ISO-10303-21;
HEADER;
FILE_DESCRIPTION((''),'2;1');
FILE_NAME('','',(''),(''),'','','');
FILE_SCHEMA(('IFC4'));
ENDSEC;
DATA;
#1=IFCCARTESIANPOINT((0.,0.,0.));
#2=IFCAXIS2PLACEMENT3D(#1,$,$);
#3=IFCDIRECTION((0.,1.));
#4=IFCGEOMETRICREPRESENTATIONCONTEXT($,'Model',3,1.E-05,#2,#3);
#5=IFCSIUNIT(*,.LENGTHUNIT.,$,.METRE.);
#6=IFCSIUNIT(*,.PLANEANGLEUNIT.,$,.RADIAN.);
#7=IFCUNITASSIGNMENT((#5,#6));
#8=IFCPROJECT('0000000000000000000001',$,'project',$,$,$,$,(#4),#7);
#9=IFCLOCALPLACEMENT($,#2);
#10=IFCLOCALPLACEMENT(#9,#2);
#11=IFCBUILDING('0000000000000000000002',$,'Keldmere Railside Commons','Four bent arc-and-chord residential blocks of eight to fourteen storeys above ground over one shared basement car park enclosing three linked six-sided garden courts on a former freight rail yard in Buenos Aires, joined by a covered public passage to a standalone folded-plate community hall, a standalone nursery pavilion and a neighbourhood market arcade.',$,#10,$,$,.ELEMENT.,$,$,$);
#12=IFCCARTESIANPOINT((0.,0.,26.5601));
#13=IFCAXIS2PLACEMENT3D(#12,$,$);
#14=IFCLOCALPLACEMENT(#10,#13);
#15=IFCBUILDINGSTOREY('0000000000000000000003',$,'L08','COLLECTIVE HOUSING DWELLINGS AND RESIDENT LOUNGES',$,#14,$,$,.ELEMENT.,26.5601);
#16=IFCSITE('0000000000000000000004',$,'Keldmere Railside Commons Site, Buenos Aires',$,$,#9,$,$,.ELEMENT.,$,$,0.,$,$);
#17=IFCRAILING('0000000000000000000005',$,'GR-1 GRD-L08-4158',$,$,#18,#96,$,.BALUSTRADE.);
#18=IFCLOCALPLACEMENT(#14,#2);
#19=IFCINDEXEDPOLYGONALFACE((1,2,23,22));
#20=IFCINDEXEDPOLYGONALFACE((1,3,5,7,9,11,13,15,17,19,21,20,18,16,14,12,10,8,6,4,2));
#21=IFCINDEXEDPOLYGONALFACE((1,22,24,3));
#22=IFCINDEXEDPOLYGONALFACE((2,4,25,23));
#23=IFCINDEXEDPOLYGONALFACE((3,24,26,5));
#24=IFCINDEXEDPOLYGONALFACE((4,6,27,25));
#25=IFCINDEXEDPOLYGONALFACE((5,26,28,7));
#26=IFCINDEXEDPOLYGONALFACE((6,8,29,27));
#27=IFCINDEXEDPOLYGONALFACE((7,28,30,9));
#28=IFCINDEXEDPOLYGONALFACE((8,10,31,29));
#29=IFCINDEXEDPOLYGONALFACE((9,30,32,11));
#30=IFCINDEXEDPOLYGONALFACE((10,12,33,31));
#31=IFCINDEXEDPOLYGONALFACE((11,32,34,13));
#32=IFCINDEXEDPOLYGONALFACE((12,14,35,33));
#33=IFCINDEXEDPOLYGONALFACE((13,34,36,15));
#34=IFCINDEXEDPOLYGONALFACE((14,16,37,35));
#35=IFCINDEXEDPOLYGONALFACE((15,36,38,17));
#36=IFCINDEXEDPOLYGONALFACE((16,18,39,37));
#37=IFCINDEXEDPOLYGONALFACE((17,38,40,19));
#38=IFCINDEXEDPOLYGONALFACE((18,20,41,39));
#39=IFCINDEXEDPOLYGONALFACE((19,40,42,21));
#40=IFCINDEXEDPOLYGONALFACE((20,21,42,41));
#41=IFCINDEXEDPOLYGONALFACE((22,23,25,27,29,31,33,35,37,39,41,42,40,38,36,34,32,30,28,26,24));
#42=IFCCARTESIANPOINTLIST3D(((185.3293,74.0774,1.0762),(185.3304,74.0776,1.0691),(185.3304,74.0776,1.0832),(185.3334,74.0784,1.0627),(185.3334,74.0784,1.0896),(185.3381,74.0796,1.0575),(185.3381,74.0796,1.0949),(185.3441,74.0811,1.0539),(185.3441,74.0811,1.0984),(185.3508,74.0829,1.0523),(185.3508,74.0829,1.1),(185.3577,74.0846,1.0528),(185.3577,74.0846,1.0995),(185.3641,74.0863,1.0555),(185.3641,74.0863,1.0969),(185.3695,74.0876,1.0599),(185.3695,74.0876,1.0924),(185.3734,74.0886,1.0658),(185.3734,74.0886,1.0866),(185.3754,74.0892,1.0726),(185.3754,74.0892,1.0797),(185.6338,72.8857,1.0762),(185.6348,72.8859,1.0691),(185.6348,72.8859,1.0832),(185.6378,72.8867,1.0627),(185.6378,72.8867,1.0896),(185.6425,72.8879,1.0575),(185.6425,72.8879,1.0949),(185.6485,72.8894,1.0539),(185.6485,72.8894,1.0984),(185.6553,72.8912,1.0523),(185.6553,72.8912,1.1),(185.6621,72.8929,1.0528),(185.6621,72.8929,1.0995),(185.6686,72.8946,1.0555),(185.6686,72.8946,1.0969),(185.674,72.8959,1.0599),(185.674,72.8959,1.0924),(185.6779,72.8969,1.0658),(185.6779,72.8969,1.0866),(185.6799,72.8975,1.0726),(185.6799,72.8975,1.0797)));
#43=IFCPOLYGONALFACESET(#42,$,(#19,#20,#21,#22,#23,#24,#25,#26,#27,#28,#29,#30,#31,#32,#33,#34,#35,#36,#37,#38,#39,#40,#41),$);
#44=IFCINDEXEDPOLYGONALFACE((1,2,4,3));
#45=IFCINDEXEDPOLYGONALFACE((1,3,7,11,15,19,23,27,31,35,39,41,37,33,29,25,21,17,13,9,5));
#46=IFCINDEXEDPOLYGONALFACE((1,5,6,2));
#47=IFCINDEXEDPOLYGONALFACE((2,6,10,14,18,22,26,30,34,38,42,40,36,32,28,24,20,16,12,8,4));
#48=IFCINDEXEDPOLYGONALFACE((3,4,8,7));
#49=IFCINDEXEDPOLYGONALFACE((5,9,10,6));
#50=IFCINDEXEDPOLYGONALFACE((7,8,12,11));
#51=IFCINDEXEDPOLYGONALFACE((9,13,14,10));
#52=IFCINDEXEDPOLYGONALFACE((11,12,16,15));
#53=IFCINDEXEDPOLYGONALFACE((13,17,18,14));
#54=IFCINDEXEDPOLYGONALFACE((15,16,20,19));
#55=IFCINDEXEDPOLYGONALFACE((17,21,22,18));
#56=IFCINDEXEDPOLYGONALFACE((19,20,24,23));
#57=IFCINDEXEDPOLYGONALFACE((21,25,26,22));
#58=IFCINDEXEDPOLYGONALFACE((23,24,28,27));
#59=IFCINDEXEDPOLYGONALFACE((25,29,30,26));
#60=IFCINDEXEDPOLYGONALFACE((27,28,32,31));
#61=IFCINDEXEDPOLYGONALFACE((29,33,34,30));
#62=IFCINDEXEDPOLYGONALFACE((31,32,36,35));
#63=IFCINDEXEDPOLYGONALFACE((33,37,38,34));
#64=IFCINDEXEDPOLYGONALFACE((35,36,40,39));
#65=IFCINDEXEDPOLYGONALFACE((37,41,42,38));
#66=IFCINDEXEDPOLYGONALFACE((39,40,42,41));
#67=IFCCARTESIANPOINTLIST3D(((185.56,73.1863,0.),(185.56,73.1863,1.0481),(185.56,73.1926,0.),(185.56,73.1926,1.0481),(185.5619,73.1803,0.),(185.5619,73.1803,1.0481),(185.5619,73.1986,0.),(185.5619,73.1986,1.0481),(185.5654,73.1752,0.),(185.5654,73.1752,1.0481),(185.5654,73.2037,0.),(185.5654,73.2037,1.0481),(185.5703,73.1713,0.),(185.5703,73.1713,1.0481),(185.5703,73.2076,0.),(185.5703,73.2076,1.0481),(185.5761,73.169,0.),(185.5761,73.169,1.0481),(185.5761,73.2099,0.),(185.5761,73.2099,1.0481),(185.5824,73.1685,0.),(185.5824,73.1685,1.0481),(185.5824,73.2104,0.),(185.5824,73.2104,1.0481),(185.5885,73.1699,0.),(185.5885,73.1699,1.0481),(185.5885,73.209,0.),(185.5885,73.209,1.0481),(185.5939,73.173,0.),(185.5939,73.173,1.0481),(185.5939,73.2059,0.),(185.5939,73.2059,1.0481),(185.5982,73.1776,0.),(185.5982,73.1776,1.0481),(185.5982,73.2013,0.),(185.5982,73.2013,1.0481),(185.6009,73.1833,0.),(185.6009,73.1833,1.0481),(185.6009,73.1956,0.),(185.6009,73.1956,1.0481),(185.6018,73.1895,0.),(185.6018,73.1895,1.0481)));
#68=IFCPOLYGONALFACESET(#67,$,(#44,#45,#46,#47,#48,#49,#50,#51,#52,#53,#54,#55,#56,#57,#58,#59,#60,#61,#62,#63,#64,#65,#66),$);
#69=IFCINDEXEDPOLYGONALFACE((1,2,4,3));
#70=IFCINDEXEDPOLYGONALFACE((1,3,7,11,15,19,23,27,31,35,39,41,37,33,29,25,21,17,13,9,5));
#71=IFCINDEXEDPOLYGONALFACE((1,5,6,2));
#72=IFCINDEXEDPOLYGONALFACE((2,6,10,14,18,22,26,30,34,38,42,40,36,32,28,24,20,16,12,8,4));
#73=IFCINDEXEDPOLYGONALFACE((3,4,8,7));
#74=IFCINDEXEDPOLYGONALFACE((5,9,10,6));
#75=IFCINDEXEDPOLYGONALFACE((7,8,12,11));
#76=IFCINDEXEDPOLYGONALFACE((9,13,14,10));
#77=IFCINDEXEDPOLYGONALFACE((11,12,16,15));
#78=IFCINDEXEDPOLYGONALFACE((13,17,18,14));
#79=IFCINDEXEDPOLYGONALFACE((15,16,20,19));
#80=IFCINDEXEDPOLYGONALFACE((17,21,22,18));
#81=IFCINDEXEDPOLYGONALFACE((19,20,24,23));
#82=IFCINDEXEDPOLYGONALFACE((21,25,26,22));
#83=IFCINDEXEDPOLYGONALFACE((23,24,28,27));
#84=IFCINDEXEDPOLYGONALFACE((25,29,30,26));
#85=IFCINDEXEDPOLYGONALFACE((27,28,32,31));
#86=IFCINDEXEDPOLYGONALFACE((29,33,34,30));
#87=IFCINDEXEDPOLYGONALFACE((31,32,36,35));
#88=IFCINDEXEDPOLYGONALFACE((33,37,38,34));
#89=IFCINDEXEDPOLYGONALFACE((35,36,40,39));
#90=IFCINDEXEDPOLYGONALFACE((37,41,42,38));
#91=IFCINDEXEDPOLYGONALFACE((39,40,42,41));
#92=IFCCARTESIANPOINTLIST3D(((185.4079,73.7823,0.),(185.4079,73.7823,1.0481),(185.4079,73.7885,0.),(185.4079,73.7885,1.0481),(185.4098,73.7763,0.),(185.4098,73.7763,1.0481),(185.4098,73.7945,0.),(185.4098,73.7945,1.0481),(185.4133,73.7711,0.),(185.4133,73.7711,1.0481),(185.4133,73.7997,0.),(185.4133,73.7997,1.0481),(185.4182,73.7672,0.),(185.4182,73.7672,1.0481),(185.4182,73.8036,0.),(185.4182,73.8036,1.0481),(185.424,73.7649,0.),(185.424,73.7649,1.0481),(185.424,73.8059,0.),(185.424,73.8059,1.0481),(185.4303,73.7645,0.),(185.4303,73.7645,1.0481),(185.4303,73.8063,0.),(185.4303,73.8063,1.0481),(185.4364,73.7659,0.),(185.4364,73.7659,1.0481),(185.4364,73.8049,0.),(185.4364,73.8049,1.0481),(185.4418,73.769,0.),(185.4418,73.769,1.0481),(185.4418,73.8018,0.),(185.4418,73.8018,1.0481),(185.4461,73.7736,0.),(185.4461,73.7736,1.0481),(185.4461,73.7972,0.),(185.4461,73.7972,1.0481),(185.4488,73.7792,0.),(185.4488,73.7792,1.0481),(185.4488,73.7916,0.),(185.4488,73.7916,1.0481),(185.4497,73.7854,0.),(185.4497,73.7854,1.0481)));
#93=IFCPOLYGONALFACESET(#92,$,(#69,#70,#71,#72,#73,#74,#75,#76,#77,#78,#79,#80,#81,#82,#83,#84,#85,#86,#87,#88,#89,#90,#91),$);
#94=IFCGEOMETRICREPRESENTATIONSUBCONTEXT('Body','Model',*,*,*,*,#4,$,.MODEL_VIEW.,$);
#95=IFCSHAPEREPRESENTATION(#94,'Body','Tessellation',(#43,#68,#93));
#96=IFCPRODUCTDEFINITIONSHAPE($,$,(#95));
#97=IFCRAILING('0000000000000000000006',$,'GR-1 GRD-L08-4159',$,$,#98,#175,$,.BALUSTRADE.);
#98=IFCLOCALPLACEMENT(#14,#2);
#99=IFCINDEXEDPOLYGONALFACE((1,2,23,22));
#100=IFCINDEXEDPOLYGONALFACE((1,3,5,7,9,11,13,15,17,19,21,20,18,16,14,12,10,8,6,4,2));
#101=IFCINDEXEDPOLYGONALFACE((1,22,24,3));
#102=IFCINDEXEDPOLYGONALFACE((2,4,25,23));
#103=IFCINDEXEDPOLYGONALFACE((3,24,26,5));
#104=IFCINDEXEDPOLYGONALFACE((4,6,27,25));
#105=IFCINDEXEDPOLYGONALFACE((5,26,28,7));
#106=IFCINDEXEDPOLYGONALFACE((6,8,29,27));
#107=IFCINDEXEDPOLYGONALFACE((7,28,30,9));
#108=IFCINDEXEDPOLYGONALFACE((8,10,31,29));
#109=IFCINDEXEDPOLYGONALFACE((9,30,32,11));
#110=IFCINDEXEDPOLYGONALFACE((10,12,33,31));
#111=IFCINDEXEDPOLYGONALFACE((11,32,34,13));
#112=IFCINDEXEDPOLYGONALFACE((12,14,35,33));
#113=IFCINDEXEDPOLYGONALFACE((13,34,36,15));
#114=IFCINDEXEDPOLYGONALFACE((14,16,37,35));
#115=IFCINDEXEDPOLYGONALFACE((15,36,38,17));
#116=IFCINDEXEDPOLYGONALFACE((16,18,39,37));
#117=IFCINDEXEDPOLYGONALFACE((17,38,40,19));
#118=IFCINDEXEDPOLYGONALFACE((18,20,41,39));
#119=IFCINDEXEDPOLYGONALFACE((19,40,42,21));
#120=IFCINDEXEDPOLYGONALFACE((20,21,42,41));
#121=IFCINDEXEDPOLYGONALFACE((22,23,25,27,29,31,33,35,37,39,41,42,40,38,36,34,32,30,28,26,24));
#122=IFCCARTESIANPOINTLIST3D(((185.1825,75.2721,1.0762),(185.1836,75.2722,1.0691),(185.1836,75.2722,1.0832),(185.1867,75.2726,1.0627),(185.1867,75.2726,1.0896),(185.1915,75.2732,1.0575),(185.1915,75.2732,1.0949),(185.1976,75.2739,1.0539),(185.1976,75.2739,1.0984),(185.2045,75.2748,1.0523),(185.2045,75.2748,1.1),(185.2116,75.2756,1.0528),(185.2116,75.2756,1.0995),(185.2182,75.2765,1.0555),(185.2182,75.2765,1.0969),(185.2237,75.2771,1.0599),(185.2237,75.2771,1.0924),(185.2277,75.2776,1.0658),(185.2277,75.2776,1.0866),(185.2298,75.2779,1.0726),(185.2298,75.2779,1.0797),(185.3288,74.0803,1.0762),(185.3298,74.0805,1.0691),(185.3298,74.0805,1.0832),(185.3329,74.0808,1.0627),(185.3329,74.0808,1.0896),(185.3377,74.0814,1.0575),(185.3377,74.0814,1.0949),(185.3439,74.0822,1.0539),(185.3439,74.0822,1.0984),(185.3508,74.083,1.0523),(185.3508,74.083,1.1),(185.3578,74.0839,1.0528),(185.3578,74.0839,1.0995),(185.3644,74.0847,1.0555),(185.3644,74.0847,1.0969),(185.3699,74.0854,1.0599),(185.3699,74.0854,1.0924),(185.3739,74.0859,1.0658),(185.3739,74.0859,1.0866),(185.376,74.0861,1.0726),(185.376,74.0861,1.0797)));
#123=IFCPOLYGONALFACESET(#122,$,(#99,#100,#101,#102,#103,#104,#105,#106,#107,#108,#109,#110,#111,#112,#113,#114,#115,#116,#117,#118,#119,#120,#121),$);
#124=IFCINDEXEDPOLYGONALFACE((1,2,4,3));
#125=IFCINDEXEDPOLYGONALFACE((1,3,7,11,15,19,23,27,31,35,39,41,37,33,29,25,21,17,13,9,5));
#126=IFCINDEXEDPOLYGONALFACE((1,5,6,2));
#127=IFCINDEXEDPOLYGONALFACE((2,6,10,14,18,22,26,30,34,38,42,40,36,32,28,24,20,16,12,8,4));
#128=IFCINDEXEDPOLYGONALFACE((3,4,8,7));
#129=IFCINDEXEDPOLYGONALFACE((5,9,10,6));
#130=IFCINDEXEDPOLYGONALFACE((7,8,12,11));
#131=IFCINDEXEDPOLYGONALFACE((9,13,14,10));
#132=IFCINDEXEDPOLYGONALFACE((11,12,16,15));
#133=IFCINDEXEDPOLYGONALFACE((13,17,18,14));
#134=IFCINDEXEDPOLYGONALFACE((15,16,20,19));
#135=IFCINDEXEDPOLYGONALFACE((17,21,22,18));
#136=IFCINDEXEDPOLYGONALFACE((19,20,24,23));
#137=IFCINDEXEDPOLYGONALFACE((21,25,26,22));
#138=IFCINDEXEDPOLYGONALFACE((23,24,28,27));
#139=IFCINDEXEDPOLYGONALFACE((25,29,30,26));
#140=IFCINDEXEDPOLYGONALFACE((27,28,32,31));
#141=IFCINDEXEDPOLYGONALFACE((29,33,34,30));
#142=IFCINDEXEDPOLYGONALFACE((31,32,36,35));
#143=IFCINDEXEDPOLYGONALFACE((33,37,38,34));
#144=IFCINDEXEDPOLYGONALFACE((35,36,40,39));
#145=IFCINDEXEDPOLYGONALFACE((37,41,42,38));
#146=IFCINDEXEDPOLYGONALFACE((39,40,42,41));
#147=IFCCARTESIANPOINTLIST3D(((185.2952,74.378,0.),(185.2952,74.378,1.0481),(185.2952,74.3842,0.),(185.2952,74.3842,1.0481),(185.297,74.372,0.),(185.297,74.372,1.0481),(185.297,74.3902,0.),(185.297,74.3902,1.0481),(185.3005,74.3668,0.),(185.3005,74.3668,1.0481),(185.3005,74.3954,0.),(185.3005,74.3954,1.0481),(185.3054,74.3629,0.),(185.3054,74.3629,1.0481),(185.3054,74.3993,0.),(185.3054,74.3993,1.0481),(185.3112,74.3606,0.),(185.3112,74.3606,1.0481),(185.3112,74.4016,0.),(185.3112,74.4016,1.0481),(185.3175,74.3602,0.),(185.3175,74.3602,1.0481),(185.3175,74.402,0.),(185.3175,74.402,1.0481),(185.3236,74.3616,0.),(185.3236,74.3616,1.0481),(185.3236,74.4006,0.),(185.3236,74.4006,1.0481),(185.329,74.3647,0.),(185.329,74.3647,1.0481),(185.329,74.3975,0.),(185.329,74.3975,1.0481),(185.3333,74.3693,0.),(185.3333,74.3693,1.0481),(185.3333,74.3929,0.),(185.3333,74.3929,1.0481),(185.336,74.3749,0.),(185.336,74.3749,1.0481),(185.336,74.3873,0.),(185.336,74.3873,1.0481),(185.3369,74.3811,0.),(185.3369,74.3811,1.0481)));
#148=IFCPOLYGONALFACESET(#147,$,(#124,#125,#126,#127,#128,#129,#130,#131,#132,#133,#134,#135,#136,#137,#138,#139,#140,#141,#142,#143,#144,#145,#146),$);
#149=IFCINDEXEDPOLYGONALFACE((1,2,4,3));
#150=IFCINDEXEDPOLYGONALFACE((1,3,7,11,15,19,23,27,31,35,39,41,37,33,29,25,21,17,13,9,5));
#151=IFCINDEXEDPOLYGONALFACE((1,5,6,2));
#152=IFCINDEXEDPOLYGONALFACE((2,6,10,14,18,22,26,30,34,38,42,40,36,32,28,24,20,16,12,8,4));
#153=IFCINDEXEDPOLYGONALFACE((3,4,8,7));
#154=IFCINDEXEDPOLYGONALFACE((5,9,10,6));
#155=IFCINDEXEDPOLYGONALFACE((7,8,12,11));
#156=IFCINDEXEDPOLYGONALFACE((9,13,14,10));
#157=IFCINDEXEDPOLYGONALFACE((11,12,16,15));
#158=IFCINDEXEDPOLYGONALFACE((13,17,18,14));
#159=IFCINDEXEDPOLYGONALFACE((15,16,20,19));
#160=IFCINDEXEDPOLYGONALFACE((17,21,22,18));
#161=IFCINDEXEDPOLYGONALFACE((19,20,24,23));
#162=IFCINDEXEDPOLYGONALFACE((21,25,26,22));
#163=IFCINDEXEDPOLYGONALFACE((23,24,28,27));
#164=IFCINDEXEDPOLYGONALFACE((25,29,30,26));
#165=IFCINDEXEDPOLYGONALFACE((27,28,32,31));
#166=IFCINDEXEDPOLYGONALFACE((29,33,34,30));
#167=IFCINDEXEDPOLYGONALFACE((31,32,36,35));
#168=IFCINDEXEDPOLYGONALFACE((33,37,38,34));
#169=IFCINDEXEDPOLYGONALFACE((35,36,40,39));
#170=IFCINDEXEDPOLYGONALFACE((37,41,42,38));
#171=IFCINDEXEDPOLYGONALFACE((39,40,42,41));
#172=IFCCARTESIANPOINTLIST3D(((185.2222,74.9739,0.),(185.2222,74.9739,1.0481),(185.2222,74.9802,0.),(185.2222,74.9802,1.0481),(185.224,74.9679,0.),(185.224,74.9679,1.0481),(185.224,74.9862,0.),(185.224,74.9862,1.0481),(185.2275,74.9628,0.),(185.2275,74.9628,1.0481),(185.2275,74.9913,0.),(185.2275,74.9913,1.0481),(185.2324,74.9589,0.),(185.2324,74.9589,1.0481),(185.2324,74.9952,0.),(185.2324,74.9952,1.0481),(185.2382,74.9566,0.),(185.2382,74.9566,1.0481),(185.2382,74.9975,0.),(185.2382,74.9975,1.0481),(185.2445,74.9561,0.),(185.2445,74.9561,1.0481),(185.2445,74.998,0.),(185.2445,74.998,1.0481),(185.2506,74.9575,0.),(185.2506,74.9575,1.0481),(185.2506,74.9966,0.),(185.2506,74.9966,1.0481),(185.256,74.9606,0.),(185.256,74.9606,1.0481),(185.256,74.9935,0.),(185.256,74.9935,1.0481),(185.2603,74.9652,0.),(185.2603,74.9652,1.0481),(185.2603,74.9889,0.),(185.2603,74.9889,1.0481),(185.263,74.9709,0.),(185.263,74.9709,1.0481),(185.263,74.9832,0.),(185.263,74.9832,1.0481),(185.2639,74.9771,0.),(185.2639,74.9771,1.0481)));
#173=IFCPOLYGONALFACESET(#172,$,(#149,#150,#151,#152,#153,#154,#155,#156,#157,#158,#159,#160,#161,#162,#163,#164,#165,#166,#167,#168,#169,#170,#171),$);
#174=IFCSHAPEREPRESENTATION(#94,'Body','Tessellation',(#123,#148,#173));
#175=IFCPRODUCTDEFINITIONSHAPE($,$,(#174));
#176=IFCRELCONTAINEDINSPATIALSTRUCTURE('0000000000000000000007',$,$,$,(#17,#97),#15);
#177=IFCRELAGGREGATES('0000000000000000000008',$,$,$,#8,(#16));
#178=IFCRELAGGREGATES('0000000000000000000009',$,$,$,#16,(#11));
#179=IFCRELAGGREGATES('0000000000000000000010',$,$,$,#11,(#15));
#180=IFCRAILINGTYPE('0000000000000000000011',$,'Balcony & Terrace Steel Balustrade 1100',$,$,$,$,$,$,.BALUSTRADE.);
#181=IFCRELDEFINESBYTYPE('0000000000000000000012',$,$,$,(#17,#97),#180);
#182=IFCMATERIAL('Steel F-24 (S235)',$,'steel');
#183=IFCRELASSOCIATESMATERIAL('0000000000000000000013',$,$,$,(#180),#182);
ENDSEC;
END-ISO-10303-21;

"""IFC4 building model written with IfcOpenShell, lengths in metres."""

from ifc_helpers import new_model, si_unit, direction, frame, origin, origin_2d, place, context, subcontext, project, spatial, circle, extrude, material, type_object, element, save


model = new_model("IFC4")

# Units and contexts
model_context = context("Model", 3, precision=1e-05, world=origin(), true_north=direction((0.0, 1.0)))
body_context = subcontext(model_context, "Body", "Model", "MODEL_VIEW")
ifc_project = project(units=[si_unit("LENGTHUNIT", "METRE"), si_unit("PLANEANGLEUNIT", "RADIAN")], contexts=[model_context])

# Site, building, storey
site_placement = place(None, origin())
site = spatial("IfcSite", under=ifc_project, at=site_placement, Name="Keldmere Railside Commons Site, Buenos Aires", CompositionType="ELEMENT", RefElevation=0.0)
building_placement = place(site_placement, origin())
building = spatial("IfcBuilding", under=site, at=building_placement, Name="Keldmere Railside Commons", Description="Four bent arc-and-chord residential blocks of eight to fourteen storeys above ground over one shared basement car park enclosing three linked six-sided garden courts on a former freight rail yard in Buenos Aires, joined by a covered public passage to a standalone folded-plate community hall, a standalone nursery pavilion and a neighbourhood market arcade.", CompositionType="ELEMENT")
storey_placement = place(building_placement, frame((0.0, 0.0, 26.5601)))
storey = spatial("IfcBuildingStorey", under=building, at=storey_placement, Name="L08", Description="COLLECTIVE HOUSING DWELLINGS AND RESIDENT LOUNGES", CompositionType="ELEMENT", Elevation=26.5601)

# Shared definitions
ifc_material_1 = material(Name="Steel F-24 (S235)", Category="steel")

# Railings
railing_type_1 = type_object("IfcRailingType", Name="Balcony & Terrace Steel Balustrade 1100", PredefinedType="BALUSTRADE", material=ifc_material_1)
railing_1_placement = place(storey_placement, frame((185.657, 72.8916, 0.0)))
element("IfcRailing", 1, at=railing_1_placement, inside=storey, type_object=railing_type_1, Name="GR-1 GRD-L08-4158", PredefinedType="BALUSTRADE", context=body_context, shape_type="SweptSolid", body=[
    extrude(circle(Radius=0.0239, at=origin_2d()), frame((0.0, 0.0, 1.0762), z_axis=(-0.24753, 0.96888, 0.0), x_axis=(-0.96888, -0.24753, 0.0)), (0.0, 0.0, 1.0), 1.23),
    extrude(circle(Radius=0.021, at=origin_2d()), frame((-0.0762, 0.2979, 0.0)), (0.0, 0.0, 1.0), 1.0481),
    extrude(circle(Radius=0.021, at=origin_2d()), frame((-0.2283, 0.8938, 0.0)), (0.0, 0.0, 1.0), 1.0481),
])
railing_2_placement = place(storey_placement, frame((185.3525, 74.0833, 0.0)))
element("IfcRailing", 2, at=railing_2_placement, inside=storey, type_object=railing_type_1, Name="GR-1 GRD-L08-4159", PredefinedType="BALUSTRADE", context=body_context, shape_type="SweptSolid", body=[
    extrude(circle(Radius=0.0239, at=origin_2d()), frame((0.0, 0.0, 1.0762), z_axis=(-0.121807, 0.992554, 0.0), x_axis=(-0.992554, -0.121807, 0.0)), (0.0, 0.0, 1.0), 1.2007),
    extrude(circle(Radius=0.021, at=origin_2d()), frame((-0.0366, 0.2979, 0.0)), (0.0, 0.0, 1.0), 1.0481),
    extrude(circle(Radius=0.021, at=origin_2d()), frame((-0.1096, 0.8938, 0.0)), (0.0, 0.0, 1.0), 1.0481),
])

save(model, "model.ifc")
